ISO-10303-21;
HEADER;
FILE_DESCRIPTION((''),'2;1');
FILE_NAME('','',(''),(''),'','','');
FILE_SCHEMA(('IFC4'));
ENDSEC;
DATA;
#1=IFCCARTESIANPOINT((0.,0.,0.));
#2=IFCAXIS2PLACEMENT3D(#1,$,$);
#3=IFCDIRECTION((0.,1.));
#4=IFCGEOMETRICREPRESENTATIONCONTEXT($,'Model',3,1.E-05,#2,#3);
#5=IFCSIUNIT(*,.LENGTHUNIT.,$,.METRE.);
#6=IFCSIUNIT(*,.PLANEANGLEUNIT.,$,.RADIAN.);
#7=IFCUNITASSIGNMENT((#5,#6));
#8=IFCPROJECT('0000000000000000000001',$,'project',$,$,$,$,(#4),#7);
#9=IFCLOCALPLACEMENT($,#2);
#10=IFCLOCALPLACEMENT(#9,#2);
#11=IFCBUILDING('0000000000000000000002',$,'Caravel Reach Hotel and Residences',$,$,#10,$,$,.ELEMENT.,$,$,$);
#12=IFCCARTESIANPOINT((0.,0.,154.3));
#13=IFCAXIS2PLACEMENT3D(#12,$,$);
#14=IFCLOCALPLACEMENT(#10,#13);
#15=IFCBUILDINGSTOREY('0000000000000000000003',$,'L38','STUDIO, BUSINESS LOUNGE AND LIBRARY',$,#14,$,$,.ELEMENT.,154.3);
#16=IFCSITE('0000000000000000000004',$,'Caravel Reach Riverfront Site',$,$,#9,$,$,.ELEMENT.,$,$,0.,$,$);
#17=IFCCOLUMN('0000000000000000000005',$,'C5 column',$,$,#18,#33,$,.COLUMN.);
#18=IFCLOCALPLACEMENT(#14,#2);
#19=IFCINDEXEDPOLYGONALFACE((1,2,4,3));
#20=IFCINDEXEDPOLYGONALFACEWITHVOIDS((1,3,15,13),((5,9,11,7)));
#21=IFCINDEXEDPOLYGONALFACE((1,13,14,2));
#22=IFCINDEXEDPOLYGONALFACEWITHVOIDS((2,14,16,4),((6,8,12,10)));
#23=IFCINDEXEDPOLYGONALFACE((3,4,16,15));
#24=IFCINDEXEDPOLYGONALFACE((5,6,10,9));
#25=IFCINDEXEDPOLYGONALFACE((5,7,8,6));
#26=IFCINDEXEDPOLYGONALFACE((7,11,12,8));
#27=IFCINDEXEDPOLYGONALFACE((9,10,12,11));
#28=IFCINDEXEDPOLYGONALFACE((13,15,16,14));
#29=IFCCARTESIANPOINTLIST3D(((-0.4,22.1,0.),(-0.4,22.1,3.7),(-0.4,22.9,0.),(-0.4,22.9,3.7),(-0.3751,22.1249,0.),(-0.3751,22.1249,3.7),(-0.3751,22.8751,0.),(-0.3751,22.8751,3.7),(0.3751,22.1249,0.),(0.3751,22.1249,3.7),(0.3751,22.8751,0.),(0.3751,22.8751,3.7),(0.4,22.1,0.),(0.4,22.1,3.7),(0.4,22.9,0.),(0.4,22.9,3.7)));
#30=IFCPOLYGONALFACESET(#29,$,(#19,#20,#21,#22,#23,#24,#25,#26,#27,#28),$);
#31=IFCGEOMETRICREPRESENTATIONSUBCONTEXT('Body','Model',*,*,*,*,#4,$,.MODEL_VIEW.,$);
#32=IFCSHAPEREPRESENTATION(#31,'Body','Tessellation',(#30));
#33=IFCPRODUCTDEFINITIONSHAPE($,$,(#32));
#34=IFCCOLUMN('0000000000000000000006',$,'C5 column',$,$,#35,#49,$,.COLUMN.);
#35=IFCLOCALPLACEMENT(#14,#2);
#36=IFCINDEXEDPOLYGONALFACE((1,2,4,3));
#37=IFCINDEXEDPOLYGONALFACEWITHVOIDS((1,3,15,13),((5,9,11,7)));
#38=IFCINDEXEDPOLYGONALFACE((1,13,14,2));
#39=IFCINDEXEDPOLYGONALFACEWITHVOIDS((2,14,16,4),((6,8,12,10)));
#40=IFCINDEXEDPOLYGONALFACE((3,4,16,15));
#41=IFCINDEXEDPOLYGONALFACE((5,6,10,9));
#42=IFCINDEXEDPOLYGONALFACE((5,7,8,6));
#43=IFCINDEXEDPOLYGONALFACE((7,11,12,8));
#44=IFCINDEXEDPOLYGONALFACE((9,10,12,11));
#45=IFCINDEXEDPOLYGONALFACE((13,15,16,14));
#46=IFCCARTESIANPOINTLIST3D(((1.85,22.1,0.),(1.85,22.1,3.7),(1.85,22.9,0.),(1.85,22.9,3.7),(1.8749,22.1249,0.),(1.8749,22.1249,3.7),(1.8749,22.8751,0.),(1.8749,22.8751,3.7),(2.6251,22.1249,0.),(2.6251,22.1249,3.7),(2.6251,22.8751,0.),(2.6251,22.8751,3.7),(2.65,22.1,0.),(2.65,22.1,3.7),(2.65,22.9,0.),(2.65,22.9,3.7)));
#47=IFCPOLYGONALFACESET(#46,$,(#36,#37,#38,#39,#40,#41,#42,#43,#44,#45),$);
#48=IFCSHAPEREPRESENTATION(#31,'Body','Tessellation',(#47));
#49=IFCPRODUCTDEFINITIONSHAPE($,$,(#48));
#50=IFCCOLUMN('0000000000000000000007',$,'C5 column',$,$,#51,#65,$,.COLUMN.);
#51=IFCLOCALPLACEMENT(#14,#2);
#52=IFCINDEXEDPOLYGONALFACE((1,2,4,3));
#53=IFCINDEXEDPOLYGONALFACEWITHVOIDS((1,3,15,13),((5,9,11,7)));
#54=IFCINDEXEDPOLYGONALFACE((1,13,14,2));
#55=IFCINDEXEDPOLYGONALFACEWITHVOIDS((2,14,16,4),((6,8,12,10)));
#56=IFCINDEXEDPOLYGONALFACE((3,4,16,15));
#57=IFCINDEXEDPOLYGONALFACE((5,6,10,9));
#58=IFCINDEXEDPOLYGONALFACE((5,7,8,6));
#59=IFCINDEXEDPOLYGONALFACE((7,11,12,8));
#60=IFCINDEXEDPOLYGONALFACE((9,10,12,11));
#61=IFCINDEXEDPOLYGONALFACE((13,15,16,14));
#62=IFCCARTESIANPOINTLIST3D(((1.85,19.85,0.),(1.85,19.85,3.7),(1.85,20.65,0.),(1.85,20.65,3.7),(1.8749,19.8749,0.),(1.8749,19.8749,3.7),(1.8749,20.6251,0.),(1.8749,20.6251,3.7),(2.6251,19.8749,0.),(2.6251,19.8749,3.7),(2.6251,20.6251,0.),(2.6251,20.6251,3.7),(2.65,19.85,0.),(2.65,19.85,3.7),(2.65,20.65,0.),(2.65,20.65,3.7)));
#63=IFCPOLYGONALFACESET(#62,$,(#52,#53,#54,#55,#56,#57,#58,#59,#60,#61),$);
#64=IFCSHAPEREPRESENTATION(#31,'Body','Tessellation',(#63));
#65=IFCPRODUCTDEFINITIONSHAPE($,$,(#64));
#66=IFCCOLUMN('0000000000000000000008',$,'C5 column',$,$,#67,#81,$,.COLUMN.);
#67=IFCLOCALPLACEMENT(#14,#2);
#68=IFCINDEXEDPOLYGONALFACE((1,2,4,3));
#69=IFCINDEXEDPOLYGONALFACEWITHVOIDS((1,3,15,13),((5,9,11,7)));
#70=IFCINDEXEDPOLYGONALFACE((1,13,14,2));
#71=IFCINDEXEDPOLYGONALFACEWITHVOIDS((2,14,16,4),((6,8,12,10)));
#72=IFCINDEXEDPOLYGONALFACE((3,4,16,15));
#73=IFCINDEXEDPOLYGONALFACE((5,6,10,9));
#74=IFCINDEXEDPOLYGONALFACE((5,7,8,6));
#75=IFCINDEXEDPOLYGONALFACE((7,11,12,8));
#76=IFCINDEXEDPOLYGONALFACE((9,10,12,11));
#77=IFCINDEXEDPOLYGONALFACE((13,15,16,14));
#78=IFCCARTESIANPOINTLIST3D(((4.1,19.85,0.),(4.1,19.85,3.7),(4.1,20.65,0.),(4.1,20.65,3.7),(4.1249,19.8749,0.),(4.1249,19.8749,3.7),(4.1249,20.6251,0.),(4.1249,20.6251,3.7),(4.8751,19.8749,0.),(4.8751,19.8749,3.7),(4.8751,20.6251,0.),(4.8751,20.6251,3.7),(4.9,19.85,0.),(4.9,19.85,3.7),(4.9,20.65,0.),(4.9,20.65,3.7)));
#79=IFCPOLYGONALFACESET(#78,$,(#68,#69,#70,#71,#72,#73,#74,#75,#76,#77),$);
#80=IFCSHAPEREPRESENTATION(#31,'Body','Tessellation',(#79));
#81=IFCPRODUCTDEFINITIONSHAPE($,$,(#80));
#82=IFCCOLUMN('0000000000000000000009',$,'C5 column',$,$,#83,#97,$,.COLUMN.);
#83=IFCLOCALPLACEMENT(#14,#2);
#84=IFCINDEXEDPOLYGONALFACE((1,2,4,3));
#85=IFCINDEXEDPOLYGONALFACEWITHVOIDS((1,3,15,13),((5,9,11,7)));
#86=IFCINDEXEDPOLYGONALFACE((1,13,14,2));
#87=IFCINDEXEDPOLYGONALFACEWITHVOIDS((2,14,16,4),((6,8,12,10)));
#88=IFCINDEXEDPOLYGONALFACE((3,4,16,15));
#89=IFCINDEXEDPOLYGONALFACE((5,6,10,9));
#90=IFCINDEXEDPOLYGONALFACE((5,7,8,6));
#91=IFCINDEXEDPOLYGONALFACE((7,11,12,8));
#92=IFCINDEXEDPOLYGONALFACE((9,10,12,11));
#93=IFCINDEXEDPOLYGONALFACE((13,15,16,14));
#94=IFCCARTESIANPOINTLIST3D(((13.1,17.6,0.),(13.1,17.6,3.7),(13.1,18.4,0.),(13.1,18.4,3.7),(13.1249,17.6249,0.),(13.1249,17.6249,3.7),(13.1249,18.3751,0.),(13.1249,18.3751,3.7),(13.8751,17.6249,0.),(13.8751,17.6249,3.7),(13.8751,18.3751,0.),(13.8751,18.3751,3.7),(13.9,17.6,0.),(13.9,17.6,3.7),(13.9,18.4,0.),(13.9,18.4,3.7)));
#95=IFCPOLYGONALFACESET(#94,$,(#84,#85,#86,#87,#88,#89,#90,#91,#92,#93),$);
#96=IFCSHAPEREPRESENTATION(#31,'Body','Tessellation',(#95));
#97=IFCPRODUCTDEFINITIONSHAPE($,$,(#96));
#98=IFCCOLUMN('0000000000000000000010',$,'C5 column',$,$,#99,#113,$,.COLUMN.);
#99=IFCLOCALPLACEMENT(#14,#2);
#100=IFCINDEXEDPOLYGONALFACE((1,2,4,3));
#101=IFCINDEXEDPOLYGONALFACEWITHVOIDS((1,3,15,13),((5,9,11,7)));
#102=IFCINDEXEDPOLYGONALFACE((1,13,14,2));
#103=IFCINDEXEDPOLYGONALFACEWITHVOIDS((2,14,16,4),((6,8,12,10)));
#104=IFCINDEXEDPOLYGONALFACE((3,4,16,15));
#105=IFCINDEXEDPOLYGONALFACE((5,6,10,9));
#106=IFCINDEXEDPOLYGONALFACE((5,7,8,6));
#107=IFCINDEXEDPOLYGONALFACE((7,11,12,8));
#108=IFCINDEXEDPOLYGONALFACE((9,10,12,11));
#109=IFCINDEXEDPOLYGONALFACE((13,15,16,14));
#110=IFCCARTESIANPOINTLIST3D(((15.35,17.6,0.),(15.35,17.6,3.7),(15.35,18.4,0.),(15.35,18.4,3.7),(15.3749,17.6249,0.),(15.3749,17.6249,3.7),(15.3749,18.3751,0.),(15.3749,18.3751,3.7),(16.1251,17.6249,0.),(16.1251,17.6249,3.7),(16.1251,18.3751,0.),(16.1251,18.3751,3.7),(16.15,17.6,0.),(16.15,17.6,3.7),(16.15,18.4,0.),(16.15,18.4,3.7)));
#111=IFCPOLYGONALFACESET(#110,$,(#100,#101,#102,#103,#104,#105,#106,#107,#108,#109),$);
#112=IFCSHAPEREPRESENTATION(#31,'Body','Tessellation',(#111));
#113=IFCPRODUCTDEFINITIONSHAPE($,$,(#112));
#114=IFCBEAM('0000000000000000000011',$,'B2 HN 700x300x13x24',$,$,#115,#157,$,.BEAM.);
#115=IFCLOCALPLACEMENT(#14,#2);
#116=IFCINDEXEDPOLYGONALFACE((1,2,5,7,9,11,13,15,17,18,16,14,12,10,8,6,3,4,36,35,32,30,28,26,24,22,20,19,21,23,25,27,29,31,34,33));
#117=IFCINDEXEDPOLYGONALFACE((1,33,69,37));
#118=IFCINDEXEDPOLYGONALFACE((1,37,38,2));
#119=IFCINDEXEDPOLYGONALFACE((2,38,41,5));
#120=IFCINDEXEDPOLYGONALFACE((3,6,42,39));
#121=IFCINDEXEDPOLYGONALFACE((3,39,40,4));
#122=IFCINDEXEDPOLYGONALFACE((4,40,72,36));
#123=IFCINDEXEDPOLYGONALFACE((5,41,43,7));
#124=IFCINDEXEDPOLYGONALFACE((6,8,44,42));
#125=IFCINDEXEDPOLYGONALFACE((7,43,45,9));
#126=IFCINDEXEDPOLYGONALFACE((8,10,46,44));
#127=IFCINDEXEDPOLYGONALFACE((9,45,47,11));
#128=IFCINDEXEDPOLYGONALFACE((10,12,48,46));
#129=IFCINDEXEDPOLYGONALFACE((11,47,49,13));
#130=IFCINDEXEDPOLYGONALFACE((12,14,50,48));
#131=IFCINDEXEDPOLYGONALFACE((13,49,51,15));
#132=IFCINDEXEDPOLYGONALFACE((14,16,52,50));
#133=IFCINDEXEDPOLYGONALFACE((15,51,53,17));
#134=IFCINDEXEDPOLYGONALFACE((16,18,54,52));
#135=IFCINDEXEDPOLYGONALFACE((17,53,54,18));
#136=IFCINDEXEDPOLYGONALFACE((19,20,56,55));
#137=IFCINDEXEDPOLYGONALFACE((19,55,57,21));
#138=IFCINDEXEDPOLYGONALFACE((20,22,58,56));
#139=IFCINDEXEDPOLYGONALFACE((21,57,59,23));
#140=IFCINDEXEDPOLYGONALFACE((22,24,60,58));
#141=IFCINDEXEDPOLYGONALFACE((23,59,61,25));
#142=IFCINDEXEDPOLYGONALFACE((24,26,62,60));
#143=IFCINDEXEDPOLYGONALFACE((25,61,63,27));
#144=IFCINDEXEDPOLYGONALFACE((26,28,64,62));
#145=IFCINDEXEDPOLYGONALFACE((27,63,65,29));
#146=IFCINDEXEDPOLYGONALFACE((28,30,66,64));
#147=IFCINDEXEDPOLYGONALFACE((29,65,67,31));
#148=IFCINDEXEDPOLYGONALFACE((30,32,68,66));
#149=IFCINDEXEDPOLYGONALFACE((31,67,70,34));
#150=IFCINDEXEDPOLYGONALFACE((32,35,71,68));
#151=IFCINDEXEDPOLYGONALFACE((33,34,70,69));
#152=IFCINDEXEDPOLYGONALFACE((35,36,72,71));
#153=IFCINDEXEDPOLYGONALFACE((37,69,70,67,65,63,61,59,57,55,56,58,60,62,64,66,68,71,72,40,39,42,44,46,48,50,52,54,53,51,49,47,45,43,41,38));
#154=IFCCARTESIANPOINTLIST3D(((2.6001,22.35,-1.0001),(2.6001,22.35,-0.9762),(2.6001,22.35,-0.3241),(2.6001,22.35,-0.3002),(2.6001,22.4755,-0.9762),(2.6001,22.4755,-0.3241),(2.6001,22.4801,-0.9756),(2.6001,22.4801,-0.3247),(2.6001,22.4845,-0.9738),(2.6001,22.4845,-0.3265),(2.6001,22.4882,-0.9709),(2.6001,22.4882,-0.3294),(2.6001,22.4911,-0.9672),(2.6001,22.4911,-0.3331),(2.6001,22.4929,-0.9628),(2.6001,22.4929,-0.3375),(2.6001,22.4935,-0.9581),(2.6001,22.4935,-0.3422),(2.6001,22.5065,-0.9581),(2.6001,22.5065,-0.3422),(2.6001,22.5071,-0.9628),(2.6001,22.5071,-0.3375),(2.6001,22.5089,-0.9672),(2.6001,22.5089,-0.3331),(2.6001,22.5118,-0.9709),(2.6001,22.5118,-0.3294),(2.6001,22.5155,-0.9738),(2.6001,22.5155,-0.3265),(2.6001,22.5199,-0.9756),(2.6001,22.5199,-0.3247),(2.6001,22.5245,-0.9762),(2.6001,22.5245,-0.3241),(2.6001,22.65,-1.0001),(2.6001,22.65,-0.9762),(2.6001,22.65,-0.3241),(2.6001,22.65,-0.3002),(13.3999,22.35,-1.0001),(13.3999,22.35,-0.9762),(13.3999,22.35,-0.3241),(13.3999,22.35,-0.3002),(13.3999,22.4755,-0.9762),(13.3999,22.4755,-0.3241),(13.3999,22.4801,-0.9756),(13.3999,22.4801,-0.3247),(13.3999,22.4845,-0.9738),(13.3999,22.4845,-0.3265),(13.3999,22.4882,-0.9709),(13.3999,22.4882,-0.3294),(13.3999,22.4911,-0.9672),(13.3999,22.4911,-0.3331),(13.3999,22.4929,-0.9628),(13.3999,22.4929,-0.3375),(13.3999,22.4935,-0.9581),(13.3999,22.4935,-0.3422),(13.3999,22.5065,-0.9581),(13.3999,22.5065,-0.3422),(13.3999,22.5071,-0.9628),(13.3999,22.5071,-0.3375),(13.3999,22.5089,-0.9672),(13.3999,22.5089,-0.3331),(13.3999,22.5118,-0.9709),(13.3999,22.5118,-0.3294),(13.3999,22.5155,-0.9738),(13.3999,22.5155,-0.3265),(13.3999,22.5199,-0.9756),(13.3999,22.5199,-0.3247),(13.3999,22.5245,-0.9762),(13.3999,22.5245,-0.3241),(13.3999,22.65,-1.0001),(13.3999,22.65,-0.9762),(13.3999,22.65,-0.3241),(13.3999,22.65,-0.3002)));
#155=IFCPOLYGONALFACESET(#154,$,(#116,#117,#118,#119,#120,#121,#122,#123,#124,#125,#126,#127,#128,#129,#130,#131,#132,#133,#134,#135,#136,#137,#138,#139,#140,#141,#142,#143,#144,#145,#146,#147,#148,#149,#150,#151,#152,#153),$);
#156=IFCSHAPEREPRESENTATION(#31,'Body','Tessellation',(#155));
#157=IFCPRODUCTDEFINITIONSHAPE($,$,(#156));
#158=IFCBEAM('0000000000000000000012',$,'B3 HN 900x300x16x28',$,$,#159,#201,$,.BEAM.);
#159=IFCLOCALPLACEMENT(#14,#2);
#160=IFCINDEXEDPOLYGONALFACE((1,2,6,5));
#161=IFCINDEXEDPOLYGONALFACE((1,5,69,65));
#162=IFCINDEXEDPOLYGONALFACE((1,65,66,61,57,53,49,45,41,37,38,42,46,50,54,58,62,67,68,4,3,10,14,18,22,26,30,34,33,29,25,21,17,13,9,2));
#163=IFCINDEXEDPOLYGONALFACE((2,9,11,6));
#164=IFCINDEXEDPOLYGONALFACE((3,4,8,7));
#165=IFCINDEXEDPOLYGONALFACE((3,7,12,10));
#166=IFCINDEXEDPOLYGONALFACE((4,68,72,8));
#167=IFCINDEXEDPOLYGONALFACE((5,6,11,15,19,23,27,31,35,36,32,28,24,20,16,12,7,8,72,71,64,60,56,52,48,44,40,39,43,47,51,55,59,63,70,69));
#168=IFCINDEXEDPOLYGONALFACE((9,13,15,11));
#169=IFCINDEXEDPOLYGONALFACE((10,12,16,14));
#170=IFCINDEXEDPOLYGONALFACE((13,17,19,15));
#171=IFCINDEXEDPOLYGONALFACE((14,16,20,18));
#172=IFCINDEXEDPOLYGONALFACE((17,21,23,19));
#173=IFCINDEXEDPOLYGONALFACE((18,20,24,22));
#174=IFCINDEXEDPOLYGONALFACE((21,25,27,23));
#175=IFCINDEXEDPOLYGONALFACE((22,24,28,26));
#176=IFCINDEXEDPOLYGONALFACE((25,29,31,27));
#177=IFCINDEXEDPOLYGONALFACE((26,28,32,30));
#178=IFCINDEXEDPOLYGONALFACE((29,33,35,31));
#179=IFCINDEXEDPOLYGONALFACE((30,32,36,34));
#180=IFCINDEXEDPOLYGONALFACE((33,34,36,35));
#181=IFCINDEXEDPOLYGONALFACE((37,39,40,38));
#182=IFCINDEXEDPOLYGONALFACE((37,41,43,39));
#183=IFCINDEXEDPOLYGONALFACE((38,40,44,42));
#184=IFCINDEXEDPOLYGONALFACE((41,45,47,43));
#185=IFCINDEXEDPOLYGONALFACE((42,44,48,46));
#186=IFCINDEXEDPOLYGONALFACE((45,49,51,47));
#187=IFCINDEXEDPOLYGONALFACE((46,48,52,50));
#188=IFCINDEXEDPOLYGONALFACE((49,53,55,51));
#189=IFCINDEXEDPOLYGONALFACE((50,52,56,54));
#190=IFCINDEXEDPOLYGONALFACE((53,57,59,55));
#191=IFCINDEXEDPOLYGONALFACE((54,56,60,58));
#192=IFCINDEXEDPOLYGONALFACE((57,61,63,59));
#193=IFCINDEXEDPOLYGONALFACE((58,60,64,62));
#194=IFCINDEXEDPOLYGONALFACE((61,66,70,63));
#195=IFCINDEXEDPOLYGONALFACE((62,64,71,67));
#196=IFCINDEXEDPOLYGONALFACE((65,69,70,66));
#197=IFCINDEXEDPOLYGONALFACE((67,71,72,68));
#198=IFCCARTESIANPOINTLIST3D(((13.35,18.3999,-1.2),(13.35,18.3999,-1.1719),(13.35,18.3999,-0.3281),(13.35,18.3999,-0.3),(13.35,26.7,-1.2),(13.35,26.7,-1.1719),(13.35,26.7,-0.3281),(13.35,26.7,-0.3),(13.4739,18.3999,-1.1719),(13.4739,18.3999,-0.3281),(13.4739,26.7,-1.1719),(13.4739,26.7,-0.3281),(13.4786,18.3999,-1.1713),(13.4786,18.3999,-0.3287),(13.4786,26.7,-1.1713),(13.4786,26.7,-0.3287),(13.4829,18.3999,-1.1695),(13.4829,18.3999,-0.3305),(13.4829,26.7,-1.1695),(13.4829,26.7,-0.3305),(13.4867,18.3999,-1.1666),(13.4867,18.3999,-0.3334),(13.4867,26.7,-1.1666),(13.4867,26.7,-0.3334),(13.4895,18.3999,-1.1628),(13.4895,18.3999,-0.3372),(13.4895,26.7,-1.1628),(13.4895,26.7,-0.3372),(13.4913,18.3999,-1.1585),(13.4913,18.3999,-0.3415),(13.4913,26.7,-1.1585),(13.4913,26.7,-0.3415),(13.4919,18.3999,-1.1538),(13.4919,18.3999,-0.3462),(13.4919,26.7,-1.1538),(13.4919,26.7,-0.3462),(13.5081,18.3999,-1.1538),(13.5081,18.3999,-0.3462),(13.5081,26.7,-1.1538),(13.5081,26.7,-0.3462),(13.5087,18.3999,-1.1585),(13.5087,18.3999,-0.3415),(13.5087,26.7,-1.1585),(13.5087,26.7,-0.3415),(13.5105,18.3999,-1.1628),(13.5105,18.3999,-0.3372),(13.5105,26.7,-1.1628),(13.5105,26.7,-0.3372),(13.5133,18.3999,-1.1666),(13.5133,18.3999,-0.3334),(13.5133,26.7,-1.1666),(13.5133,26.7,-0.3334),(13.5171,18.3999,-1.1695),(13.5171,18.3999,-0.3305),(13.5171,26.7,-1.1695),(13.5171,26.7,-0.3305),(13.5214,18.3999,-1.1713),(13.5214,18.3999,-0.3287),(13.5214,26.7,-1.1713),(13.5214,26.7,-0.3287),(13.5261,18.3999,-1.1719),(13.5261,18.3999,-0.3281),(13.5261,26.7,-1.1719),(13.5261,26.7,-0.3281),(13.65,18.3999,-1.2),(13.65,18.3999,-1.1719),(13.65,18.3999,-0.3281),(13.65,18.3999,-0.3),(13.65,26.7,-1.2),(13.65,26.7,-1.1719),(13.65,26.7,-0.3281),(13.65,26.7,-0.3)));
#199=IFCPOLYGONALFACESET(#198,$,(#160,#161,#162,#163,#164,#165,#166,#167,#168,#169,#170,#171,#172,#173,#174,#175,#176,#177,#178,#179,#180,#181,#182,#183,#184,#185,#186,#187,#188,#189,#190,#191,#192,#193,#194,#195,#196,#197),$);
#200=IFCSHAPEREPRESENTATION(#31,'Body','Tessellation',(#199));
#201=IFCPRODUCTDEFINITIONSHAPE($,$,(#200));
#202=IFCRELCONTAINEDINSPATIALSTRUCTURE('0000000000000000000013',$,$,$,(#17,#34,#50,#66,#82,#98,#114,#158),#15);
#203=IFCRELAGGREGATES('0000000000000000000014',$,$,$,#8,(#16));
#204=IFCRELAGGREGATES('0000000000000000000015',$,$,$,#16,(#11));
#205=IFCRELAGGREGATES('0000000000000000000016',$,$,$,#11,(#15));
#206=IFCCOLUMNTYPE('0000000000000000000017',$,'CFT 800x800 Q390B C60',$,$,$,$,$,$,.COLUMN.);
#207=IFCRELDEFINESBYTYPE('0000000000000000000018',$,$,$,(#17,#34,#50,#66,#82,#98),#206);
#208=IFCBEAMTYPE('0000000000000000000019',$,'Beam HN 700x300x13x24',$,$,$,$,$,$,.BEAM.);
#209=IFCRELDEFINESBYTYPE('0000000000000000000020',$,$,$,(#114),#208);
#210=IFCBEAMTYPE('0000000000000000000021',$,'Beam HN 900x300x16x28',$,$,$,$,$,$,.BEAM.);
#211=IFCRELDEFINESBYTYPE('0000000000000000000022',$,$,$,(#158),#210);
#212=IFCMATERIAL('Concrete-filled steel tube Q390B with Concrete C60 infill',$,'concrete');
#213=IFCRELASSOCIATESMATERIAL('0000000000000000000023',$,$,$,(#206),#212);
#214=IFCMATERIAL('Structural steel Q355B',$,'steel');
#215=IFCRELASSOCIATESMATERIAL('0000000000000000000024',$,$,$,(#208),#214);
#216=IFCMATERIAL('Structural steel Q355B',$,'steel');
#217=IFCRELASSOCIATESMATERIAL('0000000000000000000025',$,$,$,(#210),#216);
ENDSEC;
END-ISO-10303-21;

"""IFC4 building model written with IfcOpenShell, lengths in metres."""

from ifc_helpers import new_model, si_unit, direction, frame, origin, origin_2d, place, context, subcontext, project, spatial, hollow_rectangle, i_section, extrude, material, material_profile, profile_set, type_object, element, save


model = new_model("IFC4")

# Units and contexts
model_context = context("Model", 3, precision=1e-05, world=origin(), true_north=direction((0.0, 1.0)))
body_context = subcontext(model_context, "Body", "Model", "MODEL_VIEW")
ifc_project = project(units=[si_unit("LENGTHUNIT", "METRE"), si_unit("PLANEANGLEUNIT", "RADIAN")], contexts=[model_context])

# Site, building, storey
site_placement = place(None, origin())
site = spatial("IfcSite", under=ifc_project, at=site_placement, Name="Caravel Reach Riverfront Site", CompositionType="ELEMENT", RefElevation=0.0)
building_placement = place(site_placement, origin())
building = spatial("IfcBuilding", under=site, at=building_placement, Name="Caravel Reach Hotel and Residences", CompositionType="ELEMENT")
storey_placement = place(building_placement, frame((0.0, 0.0, 154.3)))
storey = spatial("IfcBuildingStorey", under=building, at=storey_placement, Name="L38", Description="STUDIO, BUSINESS LOUNGE AND LIBRARY", CompositionType="ELEMENT", Elevation=154.3)

# Columns
ifc_material_1 = material(Name="Concrete-filled steel tube Q390B with Concrete C60 infill", Category="concrete")
ifc_material_profile_1 = material_profile(ifc_material_1, hollow_rectangle(XDim=0.8, YDim=0.8, WallThickness=0.0249, at=origin_2d()), Name="RHS 800x800x25")
ifc_profile_set_1 = profile_set([ifc_material_profile_1], Name="Concrete-filled steel tube Q390B with Concrete C60 infill")
column_type = type_object("IfcColumnType", Name="CFT 800x800 Q390B C60", PredefinedType="COLUMN", material=ifc_profile_set_1)
for number, where, z_axis, x_axis, name in (
    (1, (0.0, 22.5, 0.0), (0.0, 0.0, 1.0), (1.0, 0.0, 0.0), "C5 column"),
    (2, (2.25, 22.5, 0.0), (0.0, 0.0, 1.0), (1.0, 0.0, 0.0), "C5 column"),
    (3, (2.25, 20.25, 0.0), (0.0, 0.0, 1.0), (1.0, 0.0, 0.0), "C5 column"),
    (4, (4.5, 20.25, 0.0), (0.0, 0.0, 1.0), (1.0, 0.0, 0.0), "C5 column"),
    (5, (13.5, 18.0, 0.0), (0.0, 0.0, 1.0), (1.0, 0.0, 0.0), "C5 column"),
    (6, (15.75, 18.0, 0.0), (0.0, 0.0, 1.0), (1.0, 0.0, 0.0), "C5 column"),
):
    element("IfcColumn", number, at=place(storey_placement, frame(where, z_axis=z_axis, x_axis=x_axis)), inside=storey, type_object=column_type, Name=name, PredefinedType="COLUMN", context=body_context, shape_type="SweptSolid", body=[
        extrude(hollow_rectangle(XDim=0.8, YDim=0.8, WallThickness=0.0249, at=origin_2d()), origin(), (0.0, 0.0, 1.0), 3.7),
    ])

# Beams
ifc_material_2 = material(Name="Structural steel Q355B", Category="steel")
ifc_material_profile_2 = material_profile(ifc_material_2, i_section(OverallWidth=0.3, OverallDepth=0.7, WebThickness=0.0129, FlangeThickness=0.0239, FilletRadius=0.0181, at=origin_2d()), Name="HN 700x300x13x24")
ifc_profile_set_2 = profile_set([ifc_material_profile_2], Name="Structural steel Q355B")
beam_type_1 = type_object("IfcBeamType", Name="Beam HN 700x300x13x24", PredefinedType="BEAM", material=ifc_profile_set_2)
beam_1_placement = place(storey_placement, frame((13.3999, 22.5, -0.6501), z_axis=(-1.0, 0.0, 0.0), x_axis=(0.0, -1.0, 0.0)))
element("IfcBeam", 7, at=beam_1_placement, inside=storey, type_object=beam_type_1, Name="B2 HN 700x300x13x24", PredefinedType="BEAM", context=body_context, shape_type="SweptSolid", body=[
    extrude(i_section(OverallWidth=0.3, OverallDepth=0.7, WebThickness=0.0129, FlangeThickness=0.0239, FilletRadius=0.0181, at=origin_2d()), origin(), (0.0, 0.0, 1.0), 10.7998),
])
ifc_material_3 = material(Name="Structural steel Q355B", Category="steel")
ifc_material_profile_3 = material_profile(ifc_material_3, i_section(OverallWidth=0.3, OverallDepth=0.8999, WebThickness=0.0161, FlangeThickness=0.0281, FilletRadius=0.0181, at=origin_2d()), Name="HN 900x300x16x28")
ifc_profile_set_3 = profile_set([ifc_material_profile_3], Name="Structural steel Q355B")
beam_type_2 = type_object("IfcBeamType", Name="Beam HN 900x300x16x28", PredefinedType="BEAM", material=ifc_profile_set_3)
beam_2_placement = place(storey_placement, frame((13.5, 18.3999, -0.75), z_axis=(0.0, 1.0, 0.0), x_axis=(-1.0, 0.0, 0.0)))
element("IfcBeam", 8, at=beam_2_placement, inside=storey, type_object=beam_type_2, Name="B3 HN 900x300x16x28", PredefinedType="BEAM", context=body_context, shape_type="SweptSolid", body=[
    extrude(i_section(OverallWidth=0.3, OverallDepth=0.8999, WebThickness=0.0161, FlangeThickness=0.0281, FilletRadius=0.0181, at=origin_2d()), origin(), (0.0, 0.0, 1.0), 8.3),
])

save(model, "model.ifc")
